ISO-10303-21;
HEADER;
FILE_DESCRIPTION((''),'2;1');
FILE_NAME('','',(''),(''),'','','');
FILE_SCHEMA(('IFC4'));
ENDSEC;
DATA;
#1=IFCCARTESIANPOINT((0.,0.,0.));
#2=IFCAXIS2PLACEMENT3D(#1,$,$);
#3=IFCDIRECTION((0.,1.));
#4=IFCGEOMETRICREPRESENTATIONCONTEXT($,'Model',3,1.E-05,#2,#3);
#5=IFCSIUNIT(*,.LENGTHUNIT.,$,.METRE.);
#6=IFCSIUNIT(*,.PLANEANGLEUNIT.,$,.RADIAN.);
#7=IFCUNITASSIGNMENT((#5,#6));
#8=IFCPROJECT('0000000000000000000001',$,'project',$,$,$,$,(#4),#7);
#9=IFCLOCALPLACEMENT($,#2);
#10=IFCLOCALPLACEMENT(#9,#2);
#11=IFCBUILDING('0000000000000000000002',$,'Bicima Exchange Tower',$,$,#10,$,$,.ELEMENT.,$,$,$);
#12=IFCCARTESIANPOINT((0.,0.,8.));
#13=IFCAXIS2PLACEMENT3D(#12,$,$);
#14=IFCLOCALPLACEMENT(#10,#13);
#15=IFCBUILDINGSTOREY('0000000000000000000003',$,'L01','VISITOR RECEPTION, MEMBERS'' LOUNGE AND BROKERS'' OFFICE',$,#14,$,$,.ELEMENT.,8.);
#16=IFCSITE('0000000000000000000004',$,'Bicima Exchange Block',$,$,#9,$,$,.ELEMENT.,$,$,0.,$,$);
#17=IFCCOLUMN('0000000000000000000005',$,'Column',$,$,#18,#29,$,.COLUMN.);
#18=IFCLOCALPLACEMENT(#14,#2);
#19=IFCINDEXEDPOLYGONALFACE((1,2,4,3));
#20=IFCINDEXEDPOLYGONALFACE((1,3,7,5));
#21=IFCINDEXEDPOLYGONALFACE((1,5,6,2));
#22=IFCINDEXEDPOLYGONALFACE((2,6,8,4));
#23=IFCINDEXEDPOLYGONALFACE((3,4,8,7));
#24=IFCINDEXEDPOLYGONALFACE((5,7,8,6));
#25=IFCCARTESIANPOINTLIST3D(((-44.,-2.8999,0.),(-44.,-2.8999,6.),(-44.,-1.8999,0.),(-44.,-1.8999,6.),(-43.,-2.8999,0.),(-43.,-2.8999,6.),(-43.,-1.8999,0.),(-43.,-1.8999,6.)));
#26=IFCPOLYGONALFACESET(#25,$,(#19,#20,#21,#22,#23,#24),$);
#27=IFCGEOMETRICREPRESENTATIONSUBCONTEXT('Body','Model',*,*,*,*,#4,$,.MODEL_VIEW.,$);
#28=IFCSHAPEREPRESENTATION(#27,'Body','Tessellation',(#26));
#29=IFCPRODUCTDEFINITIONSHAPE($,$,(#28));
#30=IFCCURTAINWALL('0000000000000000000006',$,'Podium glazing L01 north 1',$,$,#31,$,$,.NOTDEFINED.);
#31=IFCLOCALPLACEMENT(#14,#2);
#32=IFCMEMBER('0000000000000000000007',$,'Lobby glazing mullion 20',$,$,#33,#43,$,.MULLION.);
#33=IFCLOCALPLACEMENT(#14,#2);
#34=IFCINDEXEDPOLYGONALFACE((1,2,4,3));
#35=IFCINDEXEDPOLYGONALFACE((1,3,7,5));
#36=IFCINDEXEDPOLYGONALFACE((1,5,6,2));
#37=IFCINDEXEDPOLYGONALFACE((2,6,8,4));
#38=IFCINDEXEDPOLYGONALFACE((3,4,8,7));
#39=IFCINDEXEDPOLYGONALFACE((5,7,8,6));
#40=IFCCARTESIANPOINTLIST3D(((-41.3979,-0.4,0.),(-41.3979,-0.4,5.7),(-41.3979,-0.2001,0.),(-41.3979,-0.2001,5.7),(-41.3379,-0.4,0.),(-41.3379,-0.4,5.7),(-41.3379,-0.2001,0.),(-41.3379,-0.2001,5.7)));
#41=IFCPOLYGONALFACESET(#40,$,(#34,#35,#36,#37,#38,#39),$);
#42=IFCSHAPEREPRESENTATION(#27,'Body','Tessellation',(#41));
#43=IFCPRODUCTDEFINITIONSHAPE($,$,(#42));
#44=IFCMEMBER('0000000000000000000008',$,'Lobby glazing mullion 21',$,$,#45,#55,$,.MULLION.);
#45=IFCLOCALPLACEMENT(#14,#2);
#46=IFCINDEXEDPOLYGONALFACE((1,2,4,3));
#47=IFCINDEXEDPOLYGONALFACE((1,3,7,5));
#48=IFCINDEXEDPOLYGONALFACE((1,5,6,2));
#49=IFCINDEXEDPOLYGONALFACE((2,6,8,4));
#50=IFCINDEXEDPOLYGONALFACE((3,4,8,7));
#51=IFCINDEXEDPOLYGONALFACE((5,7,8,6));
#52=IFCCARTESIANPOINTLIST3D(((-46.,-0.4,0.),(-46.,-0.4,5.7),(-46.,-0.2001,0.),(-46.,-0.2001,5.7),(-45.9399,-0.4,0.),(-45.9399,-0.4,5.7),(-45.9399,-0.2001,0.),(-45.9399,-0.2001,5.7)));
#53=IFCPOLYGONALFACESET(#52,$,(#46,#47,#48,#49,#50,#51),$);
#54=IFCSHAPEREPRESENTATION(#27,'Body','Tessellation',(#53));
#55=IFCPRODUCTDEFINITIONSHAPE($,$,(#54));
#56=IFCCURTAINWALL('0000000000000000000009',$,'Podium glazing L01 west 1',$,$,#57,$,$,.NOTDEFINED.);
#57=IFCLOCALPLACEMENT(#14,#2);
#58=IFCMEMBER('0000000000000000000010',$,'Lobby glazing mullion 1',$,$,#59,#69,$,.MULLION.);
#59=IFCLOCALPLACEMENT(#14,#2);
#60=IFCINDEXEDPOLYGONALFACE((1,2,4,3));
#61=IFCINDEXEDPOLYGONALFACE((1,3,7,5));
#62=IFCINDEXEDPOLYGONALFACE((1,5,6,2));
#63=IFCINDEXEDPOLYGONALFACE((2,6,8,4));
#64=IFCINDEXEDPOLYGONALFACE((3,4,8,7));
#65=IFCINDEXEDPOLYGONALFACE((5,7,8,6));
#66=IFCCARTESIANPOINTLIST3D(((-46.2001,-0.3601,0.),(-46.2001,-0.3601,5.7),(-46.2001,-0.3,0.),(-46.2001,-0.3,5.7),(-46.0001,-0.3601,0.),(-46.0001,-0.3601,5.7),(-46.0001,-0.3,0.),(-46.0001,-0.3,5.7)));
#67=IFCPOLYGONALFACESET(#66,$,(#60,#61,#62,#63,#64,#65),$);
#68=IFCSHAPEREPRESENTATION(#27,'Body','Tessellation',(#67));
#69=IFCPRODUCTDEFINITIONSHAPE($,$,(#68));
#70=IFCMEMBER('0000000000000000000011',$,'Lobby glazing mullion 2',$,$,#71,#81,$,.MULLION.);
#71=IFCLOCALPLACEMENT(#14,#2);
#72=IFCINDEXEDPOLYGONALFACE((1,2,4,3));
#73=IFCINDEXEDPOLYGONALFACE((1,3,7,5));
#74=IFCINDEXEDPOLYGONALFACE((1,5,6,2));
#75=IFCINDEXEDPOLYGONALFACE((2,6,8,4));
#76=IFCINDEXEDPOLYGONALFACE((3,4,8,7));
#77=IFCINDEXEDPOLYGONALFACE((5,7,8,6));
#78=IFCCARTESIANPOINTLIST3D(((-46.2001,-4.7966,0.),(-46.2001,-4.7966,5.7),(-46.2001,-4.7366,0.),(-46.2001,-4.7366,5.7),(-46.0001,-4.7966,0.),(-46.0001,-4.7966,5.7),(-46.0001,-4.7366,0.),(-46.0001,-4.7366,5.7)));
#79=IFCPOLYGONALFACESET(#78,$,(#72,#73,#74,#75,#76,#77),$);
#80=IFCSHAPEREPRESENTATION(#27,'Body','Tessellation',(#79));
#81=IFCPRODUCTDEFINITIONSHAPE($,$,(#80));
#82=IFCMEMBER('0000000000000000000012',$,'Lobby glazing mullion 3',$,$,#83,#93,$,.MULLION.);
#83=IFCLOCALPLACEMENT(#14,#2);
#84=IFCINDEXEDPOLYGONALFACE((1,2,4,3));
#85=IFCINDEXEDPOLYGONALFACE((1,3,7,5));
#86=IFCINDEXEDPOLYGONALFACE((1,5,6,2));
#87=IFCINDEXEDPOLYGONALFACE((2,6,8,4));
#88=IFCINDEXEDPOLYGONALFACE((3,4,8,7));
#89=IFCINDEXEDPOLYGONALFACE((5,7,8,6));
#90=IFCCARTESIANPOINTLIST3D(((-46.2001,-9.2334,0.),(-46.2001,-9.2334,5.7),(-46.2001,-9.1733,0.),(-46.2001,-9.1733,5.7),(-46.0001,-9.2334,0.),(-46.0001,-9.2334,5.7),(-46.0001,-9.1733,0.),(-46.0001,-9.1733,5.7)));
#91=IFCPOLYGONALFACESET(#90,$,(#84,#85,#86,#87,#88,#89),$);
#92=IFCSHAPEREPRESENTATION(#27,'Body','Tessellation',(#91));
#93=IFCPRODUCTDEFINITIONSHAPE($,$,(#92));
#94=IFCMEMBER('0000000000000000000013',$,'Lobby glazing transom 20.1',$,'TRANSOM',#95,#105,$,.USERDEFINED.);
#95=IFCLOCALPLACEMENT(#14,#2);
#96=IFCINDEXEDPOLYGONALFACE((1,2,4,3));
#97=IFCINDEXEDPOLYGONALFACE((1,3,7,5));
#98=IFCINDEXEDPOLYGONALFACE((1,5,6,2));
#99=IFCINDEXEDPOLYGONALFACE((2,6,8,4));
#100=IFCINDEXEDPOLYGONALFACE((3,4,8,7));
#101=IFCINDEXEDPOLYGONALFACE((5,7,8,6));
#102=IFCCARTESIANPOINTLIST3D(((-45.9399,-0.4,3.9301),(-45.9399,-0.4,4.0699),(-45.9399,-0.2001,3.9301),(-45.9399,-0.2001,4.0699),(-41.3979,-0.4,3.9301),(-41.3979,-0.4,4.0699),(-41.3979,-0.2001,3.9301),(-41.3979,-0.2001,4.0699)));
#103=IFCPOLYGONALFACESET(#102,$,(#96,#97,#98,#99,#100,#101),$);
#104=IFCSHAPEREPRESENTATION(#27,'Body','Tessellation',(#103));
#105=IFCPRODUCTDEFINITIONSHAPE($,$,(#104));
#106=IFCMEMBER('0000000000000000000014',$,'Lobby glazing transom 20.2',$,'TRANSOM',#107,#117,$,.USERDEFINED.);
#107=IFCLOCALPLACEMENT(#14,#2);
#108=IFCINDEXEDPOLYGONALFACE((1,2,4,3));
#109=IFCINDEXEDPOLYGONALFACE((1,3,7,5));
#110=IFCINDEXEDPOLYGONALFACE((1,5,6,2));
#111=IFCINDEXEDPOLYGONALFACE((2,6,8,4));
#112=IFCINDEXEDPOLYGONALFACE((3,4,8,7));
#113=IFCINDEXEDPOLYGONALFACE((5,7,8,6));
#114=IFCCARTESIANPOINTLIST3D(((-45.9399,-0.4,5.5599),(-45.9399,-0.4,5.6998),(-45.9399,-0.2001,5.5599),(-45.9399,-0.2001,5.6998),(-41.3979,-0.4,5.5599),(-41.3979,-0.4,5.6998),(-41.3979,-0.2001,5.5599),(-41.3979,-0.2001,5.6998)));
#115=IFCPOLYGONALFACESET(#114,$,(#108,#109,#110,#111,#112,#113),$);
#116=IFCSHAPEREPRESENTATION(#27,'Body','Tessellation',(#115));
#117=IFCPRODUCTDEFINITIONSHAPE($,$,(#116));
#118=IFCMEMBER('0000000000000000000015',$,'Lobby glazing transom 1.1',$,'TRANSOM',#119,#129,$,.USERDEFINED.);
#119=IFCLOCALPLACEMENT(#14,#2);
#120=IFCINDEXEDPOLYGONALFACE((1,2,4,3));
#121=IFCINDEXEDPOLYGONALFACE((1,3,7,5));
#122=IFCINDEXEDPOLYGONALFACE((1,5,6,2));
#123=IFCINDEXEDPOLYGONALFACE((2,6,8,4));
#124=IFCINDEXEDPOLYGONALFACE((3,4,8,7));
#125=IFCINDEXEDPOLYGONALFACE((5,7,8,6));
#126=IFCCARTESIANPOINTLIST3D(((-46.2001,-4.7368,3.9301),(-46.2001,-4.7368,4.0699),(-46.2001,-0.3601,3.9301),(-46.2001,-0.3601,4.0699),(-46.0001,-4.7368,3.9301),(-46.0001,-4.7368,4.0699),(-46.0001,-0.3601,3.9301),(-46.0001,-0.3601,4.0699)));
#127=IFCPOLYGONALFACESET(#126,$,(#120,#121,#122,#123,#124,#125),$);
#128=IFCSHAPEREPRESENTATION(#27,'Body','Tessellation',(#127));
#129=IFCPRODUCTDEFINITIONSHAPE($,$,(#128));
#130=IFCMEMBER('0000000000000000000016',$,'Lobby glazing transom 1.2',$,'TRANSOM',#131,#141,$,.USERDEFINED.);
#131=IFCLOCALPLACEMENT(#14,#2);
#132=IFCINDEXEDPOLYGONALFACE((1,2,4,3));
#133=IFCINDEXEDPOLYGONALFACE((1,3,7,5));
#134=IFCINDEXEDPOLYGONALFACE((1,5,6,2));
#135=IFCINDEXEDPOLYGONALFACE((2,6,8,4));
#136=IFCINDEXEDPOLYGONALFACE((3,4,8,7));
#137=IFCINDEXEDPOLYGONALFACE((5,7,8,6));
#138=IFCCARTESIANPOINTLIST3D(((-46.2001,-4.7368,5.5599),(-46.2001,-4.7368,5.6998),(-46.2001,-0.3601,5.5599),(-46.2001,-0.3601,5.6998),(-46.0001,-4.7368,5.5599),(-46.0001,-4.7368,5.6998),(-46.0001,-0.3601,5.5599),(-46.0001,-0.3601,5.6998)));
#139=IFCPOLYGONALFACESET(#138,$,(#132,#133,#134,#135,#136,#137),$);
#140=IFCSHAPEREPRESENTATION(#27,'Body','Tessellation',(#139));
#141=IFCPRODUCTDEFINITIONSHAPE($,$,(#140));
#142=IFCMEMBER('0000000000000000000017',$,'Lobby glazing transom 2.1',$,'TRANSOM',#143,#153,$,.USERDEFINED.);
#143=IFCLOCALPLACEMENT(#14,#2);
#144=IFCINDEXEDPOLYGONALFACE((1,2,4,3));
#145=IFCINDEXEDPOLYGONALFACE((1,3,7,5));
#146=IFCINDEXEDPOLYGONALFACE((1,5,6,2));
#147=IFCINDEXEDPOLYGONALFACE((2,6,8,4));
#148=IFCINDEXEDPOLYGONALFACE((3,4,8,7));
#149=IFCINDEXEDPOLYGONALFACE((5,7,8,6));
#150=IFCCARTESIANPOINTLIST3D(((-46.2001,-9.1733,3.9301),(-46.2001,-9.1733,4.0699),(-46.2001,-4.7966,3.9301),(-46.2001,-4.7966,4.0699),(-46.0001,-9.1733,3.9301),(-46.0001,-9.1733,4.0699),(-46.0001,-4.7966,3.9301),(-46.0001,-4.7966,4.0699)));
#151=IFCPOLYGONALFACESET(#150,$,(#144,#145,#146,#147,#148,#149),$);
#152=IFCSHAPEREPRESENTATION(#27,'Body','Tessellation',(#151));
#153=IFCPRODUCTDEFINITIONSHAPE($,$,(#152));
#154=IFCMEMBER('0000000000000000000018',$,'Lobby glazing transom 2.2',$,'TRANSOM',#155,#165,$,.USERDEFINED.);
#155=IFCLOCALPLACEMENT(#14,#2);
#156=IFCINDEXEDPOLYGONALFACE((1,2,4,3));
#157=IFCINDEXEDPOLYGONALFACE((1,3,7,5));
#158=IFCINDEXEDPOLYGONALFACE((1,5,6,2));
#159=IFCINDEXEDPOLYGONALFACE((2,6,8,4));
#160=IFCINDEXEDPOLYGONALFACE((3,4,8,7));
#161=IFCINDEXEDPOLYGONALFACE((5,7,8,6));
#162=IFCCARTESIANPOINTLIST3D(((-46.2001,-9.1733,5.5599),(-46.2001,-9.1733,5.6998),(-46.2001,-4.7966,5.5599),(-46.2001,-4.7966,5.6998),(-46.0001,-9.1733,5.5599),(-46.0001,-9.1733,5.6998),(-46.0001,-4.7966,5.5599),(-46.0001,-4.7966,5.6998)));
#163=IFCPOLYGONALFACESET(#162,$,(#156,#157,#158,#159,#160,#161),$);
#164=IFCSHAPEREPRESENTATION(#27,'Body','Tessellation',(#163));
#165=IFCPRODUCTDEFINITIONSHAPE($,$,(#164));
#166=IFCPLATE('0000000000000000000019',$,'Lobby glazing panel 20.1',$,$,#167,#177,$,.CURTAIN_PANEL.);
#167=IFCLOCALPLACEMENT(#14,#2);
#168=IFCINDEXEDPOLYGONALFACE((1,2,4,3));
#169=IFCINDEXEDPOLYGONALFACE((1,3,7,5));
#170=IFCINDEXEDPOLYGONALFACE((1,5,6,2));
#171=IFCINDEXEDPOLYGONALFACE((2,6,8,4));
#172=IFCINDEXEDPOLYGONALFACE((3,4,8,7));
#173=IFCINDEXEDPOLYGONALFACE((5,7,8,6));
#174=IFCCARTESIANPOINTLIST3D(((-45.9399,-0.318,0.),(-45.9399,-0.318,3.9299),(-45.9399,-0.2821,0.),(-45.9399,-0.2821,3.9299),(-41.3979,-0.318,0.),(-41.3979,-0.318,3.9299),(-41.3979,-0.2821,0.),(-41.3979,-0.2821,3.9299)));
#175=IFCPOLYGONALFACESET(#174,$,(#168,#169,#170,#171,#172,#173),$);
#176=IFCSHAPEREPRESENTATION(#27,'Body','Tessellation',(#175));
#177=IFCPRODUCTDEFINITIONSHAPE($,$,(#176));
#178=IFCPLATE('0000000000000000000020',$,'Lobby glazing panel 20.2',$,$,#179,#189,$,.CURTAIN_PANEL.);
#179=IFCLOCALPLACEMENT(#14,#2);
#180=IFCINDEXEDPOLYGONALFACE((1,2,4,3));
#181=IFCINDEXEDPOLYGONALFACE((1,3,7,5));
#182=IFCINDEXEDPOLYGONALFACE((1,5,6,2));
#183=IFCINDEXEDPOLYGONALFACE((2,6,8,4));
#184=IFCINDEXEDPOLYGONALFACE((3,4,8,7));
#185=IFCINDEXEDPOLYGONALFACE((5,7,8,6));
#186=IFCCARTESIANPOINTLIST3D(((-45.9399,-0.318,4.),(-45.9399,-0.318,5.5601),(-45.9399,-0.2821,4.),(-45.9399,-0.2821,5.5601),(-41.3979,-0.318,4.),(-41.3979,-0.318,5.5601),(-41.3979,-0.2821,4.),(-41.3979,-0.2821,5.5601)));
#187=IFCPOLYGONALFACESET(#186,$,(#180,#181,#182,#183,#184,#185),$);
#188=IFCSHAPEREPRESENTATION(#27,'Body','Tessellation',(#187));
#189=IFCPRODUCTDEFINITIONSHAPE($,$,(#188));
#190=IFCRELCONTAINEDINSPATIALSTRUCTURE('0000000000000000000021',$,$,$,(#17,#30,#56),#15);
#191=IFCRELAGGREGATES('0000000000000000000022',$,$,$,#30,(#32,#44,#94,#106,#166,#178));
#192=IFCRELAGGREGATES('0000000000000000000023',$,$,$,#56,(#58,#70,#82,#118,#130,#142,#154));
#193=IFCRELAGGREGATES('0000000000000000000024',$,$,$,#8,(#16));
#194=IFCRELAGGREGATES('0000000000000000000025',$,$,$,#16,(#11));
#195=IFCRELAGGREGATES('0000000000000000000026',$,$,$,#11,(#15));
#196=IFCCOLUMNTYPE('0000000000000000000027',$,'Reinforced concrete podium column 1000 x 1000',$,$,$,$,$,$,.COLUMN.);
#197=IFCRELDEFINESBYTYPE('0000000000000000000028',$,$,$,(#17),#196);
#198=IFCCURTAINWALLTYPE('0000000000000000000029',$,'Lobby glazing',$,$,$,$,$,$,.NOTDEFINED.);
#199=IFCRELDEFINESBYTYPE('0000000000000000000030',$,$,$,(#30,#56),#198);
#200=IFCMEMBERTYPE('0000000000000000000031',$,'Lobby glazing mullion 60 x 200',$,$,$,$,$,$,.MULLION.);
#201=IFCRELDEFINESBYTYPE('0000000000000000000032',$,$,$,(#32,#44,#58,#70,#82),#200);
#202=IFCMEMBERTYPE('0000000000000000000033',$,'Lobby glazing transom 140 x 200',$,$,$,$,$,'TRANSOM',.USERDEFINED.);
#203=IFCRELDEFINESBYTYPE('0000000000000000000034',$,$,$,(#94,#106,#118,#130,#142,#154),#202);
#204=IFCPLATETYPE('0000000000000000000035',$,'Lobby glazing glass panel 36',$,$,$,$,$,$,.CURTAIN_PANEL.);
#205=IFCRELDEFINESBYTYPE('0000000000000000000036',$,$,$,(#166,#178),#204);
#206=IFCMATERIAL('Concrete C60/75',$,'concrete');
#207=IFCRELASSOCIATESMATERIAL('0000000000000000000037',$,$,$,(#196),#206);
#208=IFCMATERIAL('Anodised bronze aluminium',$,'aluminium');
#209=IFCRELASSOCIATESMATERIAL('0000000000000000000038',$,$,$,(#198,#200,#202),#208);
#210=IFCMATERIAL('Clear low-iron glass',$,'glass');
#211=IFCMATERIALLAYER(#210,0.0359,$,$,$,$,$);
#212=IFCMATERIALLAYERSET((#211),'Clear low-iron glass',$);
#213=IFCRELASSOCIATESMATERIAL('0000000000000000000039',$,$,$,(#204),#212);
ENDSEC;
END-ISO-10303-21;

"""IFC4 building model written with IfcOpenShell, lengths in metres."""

from ifc_helpers import new_model, si_unit, direction, frame, origin, origin_2d, place, context, subcontext, project, spatial, rectangle, extrude, material, layer, layer_set, material_profile, profile_set, type_object, element, aggregate, save


model = new_model("IFC4")

# Units and contexts
model_context = context("Model", 3, precision=1e-05, world=origin(), true_north=direction((0.0, 1.0)))
body_context = subcontext(model_context, "Body", "Model", "MODEL_VIEW")
ifc_project = project(units=[si_unit("LENGTHUNIT", "METRE"), si_unit("PLANEANGLEUNIT", "RADIAN")], contexts=[model_context])

# Site, building, storey
site_placement = place(None, origin())
site = spatial("IfcSite", under=ifc_project, at=site_placement, Name="Bicima Exchange Block", CompositionType="ELEMENT", RefElevation=0.0)
building_placement = place(site_placement, origin())
building = spatial("IfcBuilding", under=site, at=building_placement, Name="Bicima Exchange Tower", CompositionType="ELEMENT")
storey_placement = place(building_placement, frame((0.0, 0.0, 8.0)))
storey = spatial("IfcBuildingStorey", under=building, at=storey_placement, Name="L01", Description="VISITOR RECEPTION, MEMBERS' LOUNGE AND BROKERS' OFFICE", CompositionType="ELEMENT", Elevation=8.0)

# Column
ifc_material_1 = material(Name="Concrete C60/75", Category="concrete")
ifc_material_profile_1 = material_profile(ifc_material_1, rectangle(XDim=1.0, YDim=1.0, at=origin_2d()))
ifc_profile_set_1 = profile_set([ifc_material_profile_1], Name="Concrete C60/75")
column_type = type_object("IfcColumnType", Name="Reinforced concrete podium column 1000 x 1000", PredefinedType="COLUMN", material=ifc_profile_set_1)
column_placement = place(storey_placement, frame((-43.5, -2.3999, 0.0), z_axis=(0.0, 0.0, 1.0), x_axis=(1.0, 0.0, 0.0)))
element("IfcColumn", 1, at=column_placement, inside=storey, type_object=column_type, Name="Column", PredefinedType="COLUMN", context=body_context, shape_type="SweptSolid", body=[
    extrude(rectangle(XDim=1.0, YDim=1.0, at=origin_2d()), origin(), (0.0, 0.0, 1.0), 6.0),
])

# Curtain walls, members
ifc_material_2 = material(Name="Anodised bronze aluminium", Category="aluminium")
curtain_wall_type = type_object("IfcCurtainWallType", Name="Lobby glazing", PredefinedType="NOTDEFINED", material=ifc_material_2)
curtain_wall_1_placement = place(storey_placement, origin())
curtain_wall_1 = element("IfcCurtainWall", 2, at=curtain_wall_1_placement, inside=storey, type_object=curtain_wall_type, Name="Podium glazing L01 north 1", PredefinedType="NOTDEFINED")
ifc_material_profile_2 = material_profile(ifc_material_2, rectangle(XDim=0.2, YDim=0.0601, at=origin_2d()))
ifc_profile_set_2 = profile_set([ifc_material_profile_2], Name="Anodised bronze aluminium")
member_type_1 = type_object("IfcMemberType", Name="Lobby glazing mullion 60 x 200", PredefinedType="MULLION", material=ifc_profile_set_2)
member_1_placement = place(storey_placement, frame((-41.3679, -0.3, 0.0), z_axis=(0.0, 0.0, 1.0), x_axis=(0.0, -1.0, 0.0)))
member_1 = element("IfcMember", 3, at=member_1_placement, type_object=member_type_1, Name="Lobby glazing mullion 20", PredefinedType="MULLION", context=body_context, shape_type="SweptSolid", body=[
    extrude(rectangle(XDim=0.2, YDim=0.0601, at=origin_2d()), origin(), (0.0, 0.0, 1.0), 5.7),
])
member_2_placement = place(storey_placement, frame((-45.97, -0.3, 0.0), z_axis=(0.0, 0.0, 1.0), x_axis=(0.0, -1.0, 0.0)))
member_2 = element("IfcMember", 4, at=member_2_placement, type_object=member_type_1, Name="Lobby glazing mullion 21", PredefinedType="MULLION", context=body_context, shape_type="SweptSolid", body=[
    extrude(rectangle(XDim=0.2, YDim=0.0601, at=origin_2d()), origin(), (0.0, 0.0, 1.0), 5.7),
])
curtain_wall_2_placement = place(storey_placement, origin())
curtain_wall_2 = element("IfcCurtainWall", 5, at=curtain_wall_2_placement, inside=storey, type_object=curtain_wall_type, Name="Podium glazing L01 west 1", PredefinedType="NOTDEFINED")
member_3_placement = place(storey_placement, frame((-46.1001, -0.3301, 0.0), z_axis=(0.0, 0.0, 1.0), x_axis=(1.0, 0.0, 0.0)))
member_3 = element("IfcMember", 6, at=member_3_placement, type_object=member_type_1, Name="Lobby glazing mullion 1", PredefinedType="MULLION", context=body_context, shape_type="SweptSolid", body=[
    extrude(rectangle(XDim=0.2, YDim=0.0601, at=origin_2d()), origin(), (0.0, 0.0, 1.0), 5.7),
])
member_4_placement = place(storey_placement, frame((-46.1001, -4.7666, 0.0), z_axis=(0.0, 0.0, 1.0), x_axis=(1.0, 0.0, 0.0)))
member_4 = element("IfcMember", 7, at=member_4_placement, type_object=member_type_1, Name="Lobby glazing mullion 2", PredefinedType="MULLION", context=body_context, shape_type="SweptSolid", body=[
    extrude(rectangle(XDim=0.2, YDim=0.0601, at=origin_2d()), origin(), (0.0, 0.0, 1.0), 5.7),
])
member_5_placement = place(storey_placement, frame((-46.1001, -9.2034, 0.0), z_axis=(0.0, 0.0, 1.0), x_axis=(1.0, 0.0, 0.0)))
member_5 = element("IfcMember", 8, at=member_5_placement, type_object=member_type_1, Name="Lobby glazing mullion 3", PredefinedType="MULLION", context=body_context, shape_type="SweptSolid", body=[
    extrude(rectangle(XDim=0.2, YDim=0.0601, at=origin_2d()), origin(), (0.0, 0.0, 1.0), 5.7),
])

# Members
ifc_material_profile_3 = material_profile(ifc_material_2, rectangle(XDim=0.2, YDim=0.1399, at=origin_2d()))
ifc_profile_set_3 = profile_set([ifc_material_profile_3], Name="Anodised bronze aluminium")
member_type_2 = type_object("IfcMemberType", Name="Lobby glazing transom 140 x 200", ElementType="TRANSOM", PredefinedType="USERDEFINED", material=ifc_profile_set_3)
member_6_placement = place(storey_placement, frame((-41.3979, -0.3, 4.0), z_axis=(-1.0, 0.0, 0.0), x_axis=(0.0, -1.0, 0.0)))
member_6 = element("IfcMember", 9, at=member_6_placement, type_object=member_type_2, Name="Lobby glazing transom 20.1", ObjectType="TRANSOM", PredefinedType="USERDEFINED", context=body_context, shape_type="SweptSolid", body=[
    extrude(rectangle(XDim=0.2, YDim=0.1399, at=origin_2d()), origin(), (0.0, 0.0, 1.0), 4.542),
])
member_7_placement = place(storey_placement, frame((-41.3979, -0.3, 5.6299), z_axis=(-1.0, 0.0, 0.0), x_axis=(0.0, -1.0, 0.0)))
member_7 = element("IfcMember", 10, at=member_7_placement, type_object=member_type_2, Name="Lobby glazing transom 20.2", ObjectType="TRANSOM", PredefinedType="USERDEFINED", context=body_context, shape_type="SweptSolid", body=[
    extrude(rectangle(XDim=0.2, YDim=0.1399, at=origin_2d()), origin(), (0.0, 0.0, 1.0), 4.542),
])
member_8_placement = place(storey_placement, frame((-46.1001, -0.3601, 4.0), z_axis=(0.0, -1.0, 0.0), x_axis=(1.0, 0.0, 0.0)))
member_8 = element("IfcMember", 11, at=member_8_placement, type_object=member_type_2, Name="Lobby glazing transom 1.1", ObjectType="TRANSOM", PredefinedType="USERDEFINED", context=body_context, shape_type="SweptSolid", body=[
    extrude(rectangle(XDim=0.2, YDim=0.1399, at=origin_2d()), origin(), (0.0, 0.0, 1.0), 4.3767),
])
member_9_placement = place(storey_placement, frame((-46.1001, -0.3601, 5.6299), z_axis=(0.0, -1.0, 0.0), x_axis=(1.0, 0.0, 0.0)))
member_9 = element("IfcMember", 12, at=member_9_placement, type_object=member_type_2, Name="Lobby glazing transom 1.2", ObjectType="TRANSOM", PredefinedType="USERDEFINED", context=body_context, shape_type="SweptSolid", body=[
    extrude(rectangle(XDim=0.2, YDim=0.1399, at=origin_2d()), origin(), (0.0, 0.0, 1.0), 4.3767),
])
member_10_placement = place(storey_placement, frame((-46.1001, -4.7966, 4.0), z_axis=(0.0, -1.0, 0.0), x_axis=(1.0, 0.0, 0.0)))
member_10 = element("IfcMember", 13, at=member_10_placement, type_object=member_type_2, Name="Lobby glazing transom 2.1", ObjectType="TRANSOM", PredefinedType="USERDEFINED", context=body_context, shape_type="SweptSolid", body=[
    extrude(rectangle(XDim=0.2, YDim=0.1399, at=origin_2d()), origin(), (0.0, 0.0, 1.0), 4.3767),
])
member_11_placement = place(storey_placement, frame((-46.1001, -4.7966, 5.6299), z_axis=(0.0, -1.0, 0.0), x_axis=(1.0, 0.0, 0.0)))
member_11 = element("IfcMember", 14, at=member_11_placement, type_object=member_type_2, Name="Lobby glazing transom 2.2", ObjectType="TRANSOM", PredefinedType="USERDEFINED", context=body_context, shape_type="SweptSolid", body=[
    extrude(rectangle(XDim=0.2, YDim=0.1399, at=origin_2d()), origin(), (0.0, 0.0, 1.0), 4.3767),
])

# Plates
ifc_material_3 = material(Name="Clear low-iron glass", Category="glass")
ifc_layer = layer(ifc_material_3, 0.0359)
ifc_layer_set = layer_set([ifc_layer], Name="Clear low-iron glass")
plate_type = type_object("IfcPlateType", Name="Lobby glazing glass panel 36", PredefinedType="CURTAIN_PANEL", material=ifc_layer_set)
plate_1_placement = place(storey_placement, frame((-43.6689, -0.3, 0.0), z_axis=(0.0, 0.0, 1.0), x_axis=(-1.0, 0.0, 0.0)))
plate_1 = element("IfcPlate", 15, at=plate_1_placement, type_object=plate_type, Name="Lobby glazing panel 20.1", PredefinedType="CURTAIN_PANEL", context=body_context, shape_type="SweptSolid", body=[
    extrude(rectangle(XDim=4.542, YDim=0.0359, at=origin_2d()), origin(), (0.0, 0.0, 1.0), 3.9299),
])
plate_2_placement = place(storey_placement, frame((-43.6689, -0.3, 4.0), z_axis=(0.0, 0.0, 1.0), x_axis=(-1.0, 0.0, 0.0)))
plate_2 = element("IfcPlate", 16, at=plate_2_placement, type_object=plate_type, Name="Lobby glazing panel 20.2", PredefinedType="CURTAIN_PANEL", context=body_context, shape_type="SweptSolid", body=[
    extrude(rectangle(XDim=4.542, YDim=0.0359, at=origin_2d()), origin(), (0.0, 0.0, 1.0), 1.5601),
])
aggregate(curtain_wall_1, [member_1, member_2, member_6, member_7, plate_1, plate_2])
aggregate(curtain_wall_2, [member_3, member_4, member_5, member_8, member_9, member_10, member_11])

save(model, "model.ifc")
